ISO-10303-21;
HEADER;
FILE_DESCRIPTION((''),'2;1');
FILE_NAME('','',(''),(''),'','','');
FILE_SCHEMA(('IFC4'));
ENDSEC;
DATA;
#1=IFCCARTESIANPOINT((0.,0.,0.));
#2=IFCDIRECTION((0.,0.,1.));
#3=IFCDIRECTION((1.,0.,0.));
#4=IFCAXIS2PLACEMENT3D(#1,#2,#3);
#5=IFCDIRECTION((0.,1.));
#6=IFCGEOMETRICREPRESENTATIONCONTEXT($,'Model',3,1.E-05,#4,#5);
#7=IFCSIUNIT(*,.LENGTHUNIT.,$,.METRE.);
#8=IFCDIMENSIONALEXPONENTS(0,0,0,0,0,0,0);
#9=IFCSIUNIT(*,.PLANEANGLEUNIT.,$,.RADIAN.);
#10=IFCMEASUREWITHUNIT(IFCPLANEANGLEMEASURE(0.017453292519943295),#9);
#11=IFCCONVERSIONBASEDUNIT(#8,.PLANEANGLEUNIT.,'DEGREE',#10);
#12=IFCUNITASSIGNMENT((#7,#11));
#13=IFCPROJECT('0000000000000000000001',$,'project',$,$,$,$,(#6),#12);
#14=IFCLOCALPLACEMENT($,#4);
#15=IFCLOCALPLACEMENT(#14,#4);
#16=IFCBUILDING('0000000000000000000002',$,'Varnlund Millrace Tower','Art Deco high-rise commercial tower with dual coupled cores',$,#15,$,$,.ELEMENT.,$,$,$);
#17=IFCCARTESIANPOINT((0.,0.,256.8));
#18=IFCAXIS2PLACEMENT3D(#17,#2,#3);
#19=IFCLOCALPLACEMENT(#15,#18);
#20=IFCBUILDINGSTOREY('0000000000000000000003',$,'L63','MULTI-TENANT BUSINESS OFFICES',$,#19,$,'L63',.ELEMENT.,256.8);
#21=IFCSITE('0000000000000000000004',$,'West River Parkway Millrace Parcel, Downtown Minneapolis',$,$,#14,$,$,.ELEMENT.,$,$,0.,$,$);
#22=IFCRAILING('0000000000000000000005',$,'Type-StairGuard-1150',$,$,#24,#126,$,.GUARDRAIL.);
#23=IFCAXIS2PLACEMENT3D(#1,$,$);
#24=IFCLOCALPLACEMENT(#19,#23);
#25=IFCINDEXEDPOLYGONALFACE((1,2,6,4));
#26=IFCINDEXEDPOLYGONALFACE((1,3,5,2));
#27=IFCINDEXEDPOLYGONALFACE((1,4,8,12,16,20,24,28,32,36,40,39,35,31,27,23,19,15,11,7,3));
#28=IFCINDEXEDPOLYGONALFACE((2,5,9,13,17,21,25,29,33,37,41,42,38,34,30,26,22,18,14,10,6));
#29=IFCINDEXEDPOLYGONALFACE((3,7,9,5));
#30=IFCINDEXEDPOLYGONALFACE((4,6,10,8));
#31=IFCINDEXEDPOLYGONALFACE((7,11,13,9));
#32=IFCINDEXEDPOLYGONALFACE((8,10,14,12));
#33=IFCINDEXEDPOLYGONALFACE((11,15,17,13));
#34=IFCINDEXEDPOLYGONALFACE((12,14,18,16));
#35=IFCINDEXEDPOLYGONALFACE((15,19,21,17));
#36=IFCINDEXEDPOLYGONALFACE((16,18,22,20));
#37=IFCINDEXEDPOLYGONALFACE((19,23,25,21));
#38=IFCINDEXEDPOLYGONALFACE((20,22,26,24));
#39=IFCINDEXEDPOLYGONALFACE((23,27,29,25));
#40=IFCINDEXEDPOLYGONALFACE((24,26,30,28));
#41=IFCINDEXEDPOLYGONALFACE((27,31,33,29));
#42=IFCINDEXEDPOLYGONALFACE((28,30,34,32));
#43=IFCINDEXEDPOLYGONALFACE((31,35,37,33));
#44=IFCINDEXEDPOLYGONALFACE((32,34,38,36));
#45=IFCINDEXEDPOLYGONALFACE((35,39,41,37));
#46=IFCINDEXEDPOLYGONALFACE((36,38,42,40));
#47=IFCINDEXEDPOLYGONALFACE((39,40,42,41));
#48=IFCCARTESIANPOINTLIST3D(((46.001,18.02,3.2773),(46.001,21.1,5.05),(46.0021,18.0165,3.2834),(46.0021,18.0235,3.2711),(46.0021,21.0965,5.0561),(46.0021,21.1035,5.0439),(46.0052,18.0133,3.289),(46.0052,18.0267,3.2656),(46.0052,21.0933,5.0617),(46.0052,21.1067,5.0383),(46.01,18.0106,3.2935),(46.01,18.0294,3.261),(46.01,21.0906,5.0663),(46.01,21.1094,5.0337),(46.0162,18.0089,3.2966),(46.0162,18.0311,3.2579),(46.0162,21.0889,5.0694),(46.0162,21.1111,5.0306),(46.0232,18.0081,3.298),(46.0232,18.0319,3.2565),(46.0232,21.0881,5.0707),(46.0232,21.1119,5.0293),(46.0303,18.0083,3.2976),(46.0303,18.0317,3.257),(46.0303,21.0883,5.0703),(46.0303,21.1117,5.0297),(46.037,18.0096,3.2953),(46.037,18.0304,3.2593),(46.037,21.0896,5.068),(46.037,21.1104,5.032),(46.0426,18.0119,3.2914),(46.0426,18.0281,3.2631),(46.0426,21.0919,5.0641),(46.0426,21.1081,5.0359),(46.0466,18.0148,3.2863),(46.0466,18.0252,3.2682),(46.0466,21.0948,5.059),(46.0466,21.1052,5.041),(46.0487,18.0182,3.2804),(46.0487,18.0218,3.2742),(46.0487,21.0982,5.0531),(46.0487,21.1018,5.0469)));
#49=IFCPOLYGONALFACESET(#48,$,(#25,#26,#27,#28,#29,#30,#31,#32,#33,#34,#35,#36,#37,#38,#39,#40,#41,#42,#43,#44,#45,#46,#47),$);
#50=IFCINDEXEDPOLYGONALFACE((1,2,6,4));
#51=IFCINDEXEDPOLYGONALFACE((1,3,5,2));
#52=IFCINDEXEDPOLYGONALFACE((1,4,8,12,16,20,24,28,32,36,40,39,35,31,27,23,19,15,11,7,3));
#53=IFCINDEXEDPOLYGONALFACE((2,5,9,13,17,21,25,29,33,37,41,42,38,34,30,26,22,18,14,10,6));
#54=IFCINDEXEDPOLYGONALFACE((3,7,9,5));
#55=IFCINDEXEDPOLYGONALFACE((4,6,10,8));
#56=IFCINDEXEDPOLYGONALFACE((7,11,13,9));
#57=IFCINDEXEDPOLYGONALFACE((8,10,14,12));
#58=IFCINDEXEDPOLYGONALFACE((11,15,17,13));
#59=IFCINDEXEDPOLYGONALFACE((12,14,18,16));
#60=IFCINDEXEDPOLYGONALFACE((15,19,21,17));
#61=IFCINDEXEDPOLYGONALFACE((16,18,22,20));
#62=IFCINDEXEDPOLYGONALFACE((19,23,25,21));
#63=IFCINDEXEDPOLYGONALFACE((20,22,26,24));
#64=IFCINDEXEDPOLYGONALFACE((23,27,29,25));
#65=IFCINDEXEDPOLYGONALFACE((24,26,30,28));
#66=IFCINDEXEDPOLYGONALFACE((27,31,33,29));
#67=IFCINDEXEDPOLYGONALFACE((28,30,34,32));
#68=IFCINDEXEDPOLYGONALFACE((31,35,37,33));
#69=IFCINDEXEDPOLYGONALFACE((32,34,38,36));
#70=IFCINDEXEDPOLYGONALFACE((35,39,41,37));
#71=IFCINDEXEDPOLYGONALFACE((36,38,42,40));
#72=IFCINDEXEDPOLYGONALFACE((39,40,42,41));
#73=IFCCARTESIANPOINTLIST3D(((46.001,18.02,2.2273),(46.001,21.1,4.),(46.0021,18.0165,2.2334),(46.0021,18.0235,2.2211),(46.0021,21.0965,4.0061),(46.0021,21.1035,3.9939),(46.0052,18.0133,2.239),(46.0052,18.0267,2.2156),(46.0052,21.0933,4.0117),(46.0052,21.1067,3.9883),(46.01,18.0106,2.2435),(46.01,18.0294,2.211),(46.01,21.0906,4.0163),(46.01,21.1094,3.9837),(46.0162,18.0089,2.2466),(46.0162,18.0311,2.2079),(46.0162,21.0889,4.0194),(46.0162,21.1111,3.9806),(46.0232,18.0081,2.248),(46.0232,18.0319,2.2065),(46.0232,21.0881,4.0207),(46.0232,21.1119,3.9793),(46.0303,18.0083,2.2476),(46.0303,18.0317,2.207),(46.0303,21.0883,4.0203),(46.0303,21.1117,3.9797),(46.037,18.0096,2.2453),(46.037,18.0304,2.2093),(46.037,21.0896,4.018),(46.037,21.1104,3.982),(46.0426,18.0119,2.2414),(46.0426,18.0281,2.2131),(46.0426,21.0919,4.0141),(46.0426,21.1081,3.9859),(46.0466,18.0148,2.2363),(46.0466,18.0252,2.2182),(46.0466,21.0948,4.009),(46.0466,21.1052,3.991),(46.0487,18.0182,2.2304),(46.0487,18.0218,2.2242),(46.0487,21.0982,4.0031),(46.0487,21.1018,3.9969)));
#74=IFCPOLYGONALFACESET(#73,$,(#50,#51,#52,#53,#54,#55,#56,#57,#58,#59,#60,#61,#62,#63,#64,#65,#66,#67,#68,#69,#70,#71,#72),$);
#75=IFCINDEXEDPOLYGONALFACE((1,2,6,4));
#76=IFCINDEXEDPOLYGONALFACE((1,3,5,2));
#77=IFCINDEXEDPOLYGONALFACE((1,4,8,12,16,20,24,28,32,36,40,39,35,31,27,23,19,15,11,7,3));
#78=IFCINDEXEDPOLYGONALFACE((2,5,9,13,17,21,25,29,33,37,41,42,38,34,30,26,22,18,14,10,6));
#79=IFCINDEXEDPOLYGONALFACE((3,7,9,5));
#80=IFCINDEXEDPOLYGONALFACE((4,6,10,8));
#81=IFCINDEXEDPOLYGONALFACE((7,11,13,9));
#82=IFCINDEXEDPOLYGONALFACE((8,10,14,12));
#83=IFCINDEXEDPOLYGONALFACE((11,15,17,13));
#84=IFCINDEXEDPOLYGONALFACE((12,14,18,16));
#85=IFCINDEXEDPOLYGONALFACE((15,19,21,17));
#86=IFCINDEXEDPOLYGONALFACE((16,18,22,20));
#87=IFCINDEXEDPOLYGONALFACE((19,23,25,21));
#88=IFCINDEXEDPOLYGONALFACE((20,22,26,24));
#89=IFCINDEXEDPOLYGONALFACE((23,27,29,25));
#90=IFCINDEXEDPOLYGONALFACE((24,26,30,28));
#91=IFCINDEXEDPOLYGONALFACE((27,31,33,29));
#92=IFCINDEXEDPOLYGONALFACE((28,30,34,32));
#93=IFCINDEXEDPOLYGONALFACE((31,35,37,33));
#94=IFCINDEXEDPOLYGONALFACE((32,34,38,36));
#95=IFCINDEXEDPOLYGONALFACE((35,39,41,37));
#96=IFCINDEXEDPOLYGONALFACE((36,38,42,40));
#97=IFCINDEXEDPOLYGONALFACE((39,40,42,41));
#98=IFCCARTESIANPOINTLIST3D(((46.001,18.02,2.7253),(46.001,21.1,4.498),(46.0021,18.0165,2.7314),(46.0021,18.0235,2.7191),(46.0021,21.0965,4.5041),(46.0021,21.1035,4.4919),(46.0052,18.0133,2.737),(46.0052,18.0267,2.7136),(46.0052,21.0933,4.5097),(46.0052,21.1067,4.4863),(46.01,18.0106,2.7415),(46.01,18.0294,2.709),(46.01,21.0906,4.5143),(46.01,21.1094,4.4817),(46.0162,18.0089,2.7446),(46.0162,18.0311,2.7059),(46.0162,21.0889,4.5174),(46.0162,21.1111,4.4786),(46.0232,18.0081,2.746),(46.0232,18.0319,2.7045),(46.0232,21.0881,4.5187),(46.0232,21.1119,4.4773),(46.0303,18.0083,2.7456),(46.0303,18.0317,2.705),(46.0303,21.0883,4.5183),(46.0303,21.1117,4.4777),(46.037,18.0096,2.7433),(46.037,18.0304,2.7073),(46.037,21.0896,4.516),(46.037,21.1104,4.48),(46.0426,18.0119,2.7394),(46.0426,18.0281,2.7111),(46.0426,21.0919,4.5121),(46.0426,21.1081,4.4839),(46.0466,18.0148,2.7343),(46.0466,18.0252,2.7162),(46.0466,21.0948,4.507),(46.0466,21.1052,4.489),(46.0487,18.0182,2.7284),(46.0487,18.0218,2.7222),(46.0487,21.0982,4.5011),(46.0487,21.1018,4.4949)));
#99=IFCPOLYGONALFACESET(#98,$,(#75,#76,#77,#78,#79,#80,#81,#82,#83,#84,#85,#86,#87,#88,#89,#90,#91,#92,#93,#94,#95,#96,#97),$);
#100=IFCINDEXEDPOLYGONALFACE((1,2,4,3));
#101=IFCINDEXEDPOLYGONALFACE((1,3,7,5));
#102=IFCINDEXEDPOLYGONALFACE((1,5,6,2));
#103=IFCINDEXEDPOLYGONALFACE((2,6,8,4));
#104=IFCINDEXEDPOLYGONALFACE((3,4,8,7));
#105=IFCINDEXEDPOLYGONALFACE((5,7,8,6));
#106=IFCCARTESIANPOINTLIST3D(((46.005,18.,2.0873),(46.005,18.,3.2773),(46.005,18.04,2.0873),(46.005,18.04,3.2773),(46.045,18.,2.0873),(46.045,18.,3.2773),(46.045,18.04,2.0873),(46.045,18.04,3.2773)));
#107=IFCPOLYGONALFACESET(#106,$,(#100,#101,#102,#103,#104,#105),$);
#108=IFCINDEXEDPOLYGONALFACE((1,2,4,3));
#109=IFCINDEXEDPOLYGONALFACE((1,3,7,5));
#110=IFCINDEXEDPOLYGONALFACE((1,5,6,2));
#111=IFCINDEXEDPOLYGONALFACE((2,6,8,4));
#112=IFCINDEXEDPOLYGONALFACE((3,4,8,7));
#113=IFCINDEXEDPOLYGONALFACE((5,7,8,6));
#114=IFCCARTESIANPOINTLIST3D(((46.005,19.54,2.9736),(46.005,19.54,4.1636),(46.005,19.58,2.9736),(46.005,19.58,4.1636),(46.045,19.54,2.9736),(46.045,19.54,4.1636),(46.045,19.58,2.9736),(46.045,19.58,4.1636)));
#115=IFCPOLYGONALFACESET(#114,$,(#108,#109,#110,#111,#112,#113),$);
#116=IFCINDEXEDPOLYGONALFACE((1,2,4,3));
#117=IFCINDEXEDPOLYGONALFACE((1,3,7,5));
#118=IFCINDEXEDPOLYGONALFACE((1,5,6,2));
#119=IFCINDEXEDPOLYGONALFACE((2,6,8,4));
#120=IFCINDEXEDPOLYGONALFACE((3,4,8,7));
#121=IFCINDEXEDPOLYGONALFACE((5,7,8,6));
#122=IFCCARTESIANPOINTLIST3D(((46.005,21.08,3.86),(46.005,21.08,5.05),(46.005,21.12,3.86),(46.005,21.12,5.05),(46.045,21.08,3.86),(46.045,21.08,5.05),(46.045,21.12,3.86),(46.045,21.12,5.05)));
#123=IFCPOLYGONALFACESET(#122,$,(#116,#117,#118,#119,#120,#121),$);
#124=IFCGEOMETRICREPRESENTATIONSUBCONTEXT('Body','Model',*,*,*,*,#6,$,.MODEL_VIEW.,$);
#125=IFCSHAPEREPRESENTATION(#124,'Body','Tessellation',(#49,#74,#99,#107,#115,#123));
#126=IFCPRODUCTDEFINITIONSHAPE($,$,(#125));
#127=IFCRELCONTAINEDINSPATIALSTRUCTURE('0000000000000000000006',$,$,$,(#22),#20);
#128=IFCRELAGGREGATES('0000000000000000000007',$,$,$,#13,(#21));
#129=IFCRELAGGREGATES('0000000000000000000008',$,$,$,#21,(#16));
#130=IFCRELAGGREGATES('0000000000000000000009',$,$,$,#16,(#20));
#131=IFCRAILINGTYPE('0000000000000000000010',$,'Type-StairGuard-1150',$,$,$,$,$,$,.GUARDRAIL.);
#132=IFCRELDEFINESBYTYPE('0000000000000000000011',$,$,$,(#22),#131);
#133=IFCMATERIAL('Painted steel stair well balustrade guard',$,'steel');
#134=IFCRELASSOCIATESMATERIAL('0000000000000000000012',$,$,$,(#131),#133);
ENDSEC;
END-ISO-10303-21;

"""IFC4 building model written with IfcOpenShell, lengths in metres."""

from ifc_helpers import new_model, entity, si_unit, converted_unit, direction, frame, origin_with_axes, origin_2d_with_axis, place, context, subcontext, project, spatial, rectangle, circle, extrude, material, type_object, element, save


model = new_model("IFC4")

# Units and contexts
model_context = context("Model", 3, precision=1e-05, world=origin_with_axes(), true_north=direction((0.0, 1.0)))
body_context = subcontext(model_context, "Body", "Model", "MODEL_VIEW")
ifc_project = project(units=[si_unit("LENGTHUNIT", "METRE"), converted_unit("PLANEANGLEUNIT", "DEGREE", entity("IfcPlaneAngleMeasure", 0.017453292519943295), si_unit("PLANEANGLEUNIT", "RADIAN"), dimensions=[0, 0, 0, 0, 0, 0, 0])], contexts=[model_context])

# Site, building, storey
site_placement = place(None, origin_with_axes())
site = spatial("IfcSite", under=ifc_project, at=site_placement, Name="West River Parkway Millrace Parcel, Downtown Minneapolis", CompositionType="ELEMENT", RefElevation=0.0)
building_placement = place(site_placement, origin_with_axes())
building = spatial("IfcBuilding", under=site, at=building_placement, Name="Varnlund Millrace Tower", Description="Art Deco high-rise commercial tower with dual coupled cores", CompositionType="ELEMENT")
storey_placement = place(building_placement, frame((0.0, 0.0, 256.8), z_axis=(0.0, 0.0, 1.0), x_axis=(1.0, 0.0, 0.0)))
storey = spatial("IfcBuildingStorey", under=building, at=storey_placement, Name="L63", Description="MULTI-TENANT BUSINESS OFFICES", LongName="L63", CompositionType="ELEMENT", Elevation=256.8)

# Railing
ifc_material_1 = material(Name="Painted steel stair well balustrade guard", Category="steel")
railing_type_1 = type_object("IfcRailingType", Name="Type-StairGuard-1150", PredefinedType="GUARDRAIL", material=ifc_material_1)
railing_1_placement = place(storey_placement, frame((0.0, 0.0, -256.8), z_axis=(0.0, 0.0, 1.0), x_axis=(1.0, 0.0, 0.0)))
element("IfcRailing", 1, at=railing_1_placement, inside=storey, type_object=railing_type_1, Name="Type-StairGuard-1150", PredefinedType="GUARDRAIL", context=body_context, shape_type="SweptSolid", body=[
    extrude(circle(Radius=0.024, at=origin_2d_with_axis()), frame((46.025, 18.02, 260.0773), z_axis=(0.0, 0.866696, 0.498836), x_axis=(-1.0, 0.0, 0.0)), (0.0, 0.0, 1.0), 3.5537),
    extrude(circle(Radius=0.024, at=origin_2d_with_axis()), frame((46.025, 18.02, 259.0273), z_axis=(0.0, 0.866696, 0.498836), x_axis=(-1.0, 0.0, 0.0)), (0.0, 0.0, 1.0), 3.5537),
    extrude(circle(Radius=0.024, at=origin_2d_with_axis()), frame((46.025, 18.02, 259.5253), z_axis=(0.0, 0.866696, 0.498836), x_axis=(-1.0, 0.0, 0.0)), (0.0, 0.0, 1.0), 3.5537),
    extrude(rectangle(XDim=0.04, YDim=0.04, at=origin_2d_with_axis()), frame((46.025, 18.02, 258.8873), z_axis=(0.0, 0.0, 1.0), x_axis=(1.0, 0.0, 0.0)), (0.0, 0.0, 1.0), 1.19),
    extrude(rectangle(XDim=0.04, YDim=0.04, at=origin_2d_with_axis()), frame((46.025, 19.56, 259.7736), z_axis=(0.0, 0.0, 1.0), x_axis=(1.0, 0.0, 0.0)), (0.0, 0.0, 1.0), 1.19),
    extrude(rectangle(XDim=0.04, YDim=0.04, at=origin_2d_with_axis()), frame((46.025, 21.1, 260.66), z_axis=(0.0, 0.0, 1.0), x_axis=(1.0, 0.0, 0.0)), (0.0, 0.0, 1.0), 1.19),
])

save(model, "model.ifc")
